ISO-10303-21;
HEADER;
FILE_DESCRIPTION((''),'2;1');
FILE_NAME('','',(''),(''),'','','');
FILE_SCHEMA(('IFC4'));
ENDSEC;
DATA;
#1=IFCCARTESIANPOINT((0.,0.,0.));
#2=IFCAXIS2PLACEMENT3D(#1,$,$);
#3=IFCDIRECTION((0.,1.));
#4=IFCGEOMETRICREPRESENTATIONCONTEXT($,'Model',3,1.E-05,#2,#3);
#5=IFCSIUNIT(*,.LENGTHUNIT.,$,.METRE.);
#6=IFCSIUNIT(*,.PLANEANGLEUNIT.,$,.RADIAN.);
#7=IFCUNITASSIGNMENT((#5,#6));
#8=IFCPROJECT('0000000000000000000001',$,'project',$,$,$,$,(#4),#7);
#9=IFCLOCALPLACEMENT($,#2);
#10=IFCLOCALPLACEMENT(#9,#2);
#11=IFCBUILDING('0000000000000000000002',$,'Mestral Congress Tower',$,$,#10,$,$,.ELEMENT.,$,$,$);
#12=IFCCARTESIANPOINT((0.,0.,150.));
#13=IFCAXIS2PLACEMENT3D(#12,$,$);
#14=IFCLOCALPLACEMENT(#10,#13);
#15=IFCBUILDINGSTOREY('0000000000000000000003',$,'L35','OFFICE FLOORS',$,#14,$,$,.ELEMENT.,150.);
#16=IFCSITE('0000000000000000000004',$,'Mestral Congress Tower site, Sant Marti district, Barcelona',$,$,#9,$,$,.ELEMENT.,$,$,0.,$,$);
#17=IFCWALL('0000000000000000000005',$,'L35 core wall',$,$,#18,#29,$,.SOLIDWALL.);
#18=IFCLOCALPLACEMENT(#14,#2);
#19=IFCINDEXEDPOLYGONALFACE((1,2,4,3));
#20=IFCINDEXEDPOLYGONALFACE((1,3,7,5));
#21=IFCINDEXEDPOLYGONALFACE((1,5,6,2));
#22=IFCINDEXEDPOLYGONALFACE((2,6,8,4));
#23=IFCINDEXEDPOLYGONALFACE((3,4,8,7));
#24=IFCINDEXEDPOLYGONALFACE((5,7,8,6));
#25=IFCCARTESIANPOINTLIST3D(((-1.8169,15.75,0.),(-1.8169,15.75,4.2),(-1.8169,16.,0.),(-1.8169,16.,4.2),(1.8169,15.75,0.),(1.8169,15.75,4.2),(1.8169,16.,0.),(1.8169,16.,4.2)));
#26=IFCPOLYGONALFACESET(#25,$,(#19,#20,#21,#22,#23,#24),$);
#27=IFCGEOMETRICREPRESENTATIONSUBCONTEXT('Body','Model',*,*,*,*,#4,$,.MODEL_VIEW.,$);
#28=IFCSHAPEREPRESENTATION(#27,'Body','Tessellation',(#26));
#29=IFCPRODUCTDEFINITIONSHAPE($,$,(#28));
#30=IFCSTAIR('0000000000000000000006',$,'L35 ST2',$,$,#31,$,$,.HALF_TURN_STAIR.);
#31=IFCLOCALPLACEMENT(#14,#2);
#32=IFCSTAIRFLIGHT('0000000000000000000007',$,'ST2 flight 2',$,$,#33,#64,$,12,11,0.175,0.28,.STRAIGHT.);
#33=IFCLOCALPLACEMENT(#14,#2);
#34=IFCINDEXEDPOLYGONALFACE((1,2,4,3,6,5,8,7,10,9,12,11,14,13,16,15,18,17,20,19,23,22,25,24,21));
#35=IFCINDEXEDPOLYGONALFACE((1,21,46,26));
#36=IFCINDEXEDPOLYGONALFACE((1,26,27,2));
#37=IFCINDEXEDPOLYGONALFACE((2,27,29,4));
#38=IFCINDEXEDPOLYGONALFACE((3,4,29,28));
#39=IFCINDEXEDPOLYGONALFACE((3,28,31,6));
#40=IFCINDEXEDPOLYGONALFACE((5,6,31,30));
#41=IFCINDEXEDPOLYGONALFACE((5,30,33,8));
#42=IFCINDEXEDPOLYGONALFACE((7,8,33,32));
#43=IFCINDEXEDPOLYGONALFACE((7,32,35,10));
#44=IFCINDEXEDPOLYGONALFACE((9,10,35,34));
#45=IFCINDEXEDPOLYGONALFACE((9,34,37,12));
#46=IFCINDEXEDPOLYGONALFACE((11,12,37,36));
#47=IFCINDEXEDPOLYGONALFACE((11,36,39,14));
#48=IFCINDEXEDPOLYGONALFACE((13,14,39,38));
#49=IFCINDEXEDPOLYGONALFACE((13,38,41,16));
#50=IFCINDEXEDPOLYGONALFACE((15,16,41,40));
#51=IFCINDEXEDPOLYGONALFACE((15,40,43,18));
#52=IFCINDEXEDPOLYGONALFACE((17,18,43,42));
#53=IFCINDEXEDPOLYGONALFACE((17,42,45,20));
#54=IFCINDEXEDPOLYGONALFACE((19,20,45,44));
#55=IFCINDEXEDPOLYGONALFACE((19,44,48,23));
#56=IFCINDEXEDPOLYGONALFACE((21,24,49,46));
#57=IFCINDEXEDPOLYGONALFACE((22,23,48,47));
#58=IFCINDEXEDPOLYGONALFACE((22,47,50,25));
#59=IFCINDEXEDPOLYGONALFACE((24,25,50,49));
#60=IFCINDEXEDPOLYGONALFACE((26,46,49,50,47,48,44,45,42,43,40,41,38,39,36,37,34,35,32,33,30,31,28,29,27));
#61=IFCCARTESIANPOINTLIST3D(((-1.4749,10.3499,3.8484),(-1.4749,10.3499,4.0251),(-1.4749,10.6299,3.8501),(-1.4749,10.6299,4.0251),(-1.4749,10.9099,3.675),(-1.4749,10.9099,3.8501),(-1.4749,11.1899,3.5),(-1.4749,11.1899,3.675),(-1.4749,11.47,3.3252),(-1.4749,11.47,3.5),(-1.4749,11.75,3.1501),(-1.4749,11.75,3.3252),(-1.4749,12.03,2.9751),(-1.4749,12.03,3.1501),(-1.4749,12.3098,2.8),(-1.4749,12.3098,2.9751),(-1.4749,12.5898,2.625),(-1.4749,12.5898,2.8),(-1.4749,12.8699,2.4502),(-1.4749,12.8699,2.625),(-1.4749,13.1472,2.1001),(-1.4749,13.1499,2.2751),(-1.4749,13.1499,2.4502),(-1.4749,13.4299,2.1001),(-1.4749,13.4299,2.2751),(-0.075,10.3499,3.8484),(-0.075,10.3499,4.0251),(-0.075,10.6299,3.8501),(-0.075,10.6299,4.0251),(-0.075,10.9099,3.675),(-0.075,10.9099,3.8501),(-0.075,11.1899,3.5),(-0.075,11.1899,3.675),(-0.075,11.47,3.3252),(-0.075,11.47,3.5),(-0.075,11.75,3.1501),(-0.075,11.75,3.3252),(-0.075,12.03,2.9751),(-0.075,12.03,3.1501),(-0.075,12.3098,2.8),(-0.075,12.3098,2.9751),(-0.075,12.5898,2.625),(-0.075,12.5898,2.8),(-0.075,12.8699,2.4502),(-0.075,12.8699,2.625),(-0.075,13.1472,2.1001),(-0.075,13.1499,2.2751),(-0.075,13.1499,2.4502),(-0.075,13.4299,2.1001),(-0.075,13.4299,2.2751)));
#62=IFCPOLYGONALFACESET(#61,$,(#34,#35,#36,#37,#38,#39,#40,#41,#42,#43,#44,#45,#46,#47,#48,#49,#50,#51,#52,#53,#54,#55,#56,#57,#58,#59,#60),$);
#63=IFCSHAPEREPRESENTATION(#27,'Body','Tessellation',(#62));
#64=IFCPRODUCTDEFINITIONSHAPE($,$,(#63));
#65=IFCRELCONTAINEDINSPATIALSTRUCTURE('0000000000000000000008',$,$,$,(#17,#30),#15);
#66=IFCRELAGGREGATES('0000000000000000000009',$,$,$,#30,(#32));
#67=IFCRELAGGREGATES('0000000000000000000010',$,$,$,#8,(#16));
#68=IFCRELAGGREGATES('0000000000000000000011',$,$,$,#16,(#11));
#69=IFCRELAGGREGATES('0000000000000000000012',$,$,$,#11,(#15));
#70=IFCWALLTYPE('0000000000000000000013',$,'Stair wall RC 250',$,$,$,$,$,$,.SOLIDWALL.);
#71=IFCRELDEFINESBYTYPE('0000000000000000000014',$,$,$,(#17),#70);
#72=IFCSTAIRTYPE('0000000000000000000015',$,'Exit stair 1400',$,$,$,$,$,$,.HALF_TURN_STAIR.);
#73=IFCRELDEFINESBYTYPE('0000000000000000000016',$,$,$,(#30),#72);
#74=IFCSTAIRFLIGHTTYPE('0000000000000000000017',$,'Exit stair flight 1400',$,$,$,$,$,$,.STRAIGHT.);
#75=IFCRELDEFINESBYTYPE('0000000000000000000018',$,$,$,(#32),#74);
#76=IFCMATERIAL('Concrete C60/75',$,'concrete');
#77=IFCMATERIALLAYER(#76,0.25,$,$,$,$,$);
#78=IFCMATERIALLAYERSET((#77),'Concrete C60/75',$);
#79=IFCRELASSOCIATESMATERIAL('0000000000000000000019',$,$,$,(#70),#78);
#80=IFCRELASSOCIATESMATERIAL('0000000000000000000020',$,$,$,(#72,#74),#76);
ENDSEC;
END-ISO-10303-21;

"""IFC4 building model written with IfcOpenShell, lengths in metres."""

from ifc_helpers import new_model, si_unit, direction, frame, frame_2d, origin, place, context, subcontext, project, spatial, polyline, rectangle, outline, extrude, material, layer, layer_set, type_object, element, aggregate, save


model = new_model("IFC4")

# Units and contexts
model_context = context("Model", 3, precision=1e-05, world=origin(), true_north=direction((0.0, 1.0)))
body_context = subcontext(model_context, "Body", "Model", "MODEL_VIEW")
ifc_project = project(units=[si_unit("LENGTHUNIT", "METRE"), si_unit("PLANEANGLEUNIT", "RADIAN")], contexts=[model_context])

# Site, building, storey
site_placement = place(None, origin())
site = spatial("IfcSite", under=ifc_project, at=site_placement, Name="Mestral Congress Tower site, Sant Marti district, Barcelona", CompositionType="ELEMENT", RefElevation=0.0)
building_placement = place(site_placement, origin())
building = spatial("IfcBuilding", under=site, at=building_placement, Name="Mestral Congress Tower", CompositionType="ELEMENT")
storey_placement = place(building_placement, frame((0.0, 0.0, 150.0)))
storey = spatial("IfcBuildingStorey", under=building, at=storey_placement, Name="L35", Description="OFFICE FLOORS", CompositionType="ELEMENT", Elevation=150.0)

# Shared definitions
ifc_material_1 = material(Name="Concrete C60/75", Category="concrete")

# Wall
ifc_layer_1 = layer(ifc_material_1, 0.25)
ifc_layer_set_1 = layer_set([ifc_layer_1], Name="Concrete C60/75")
wall_type_1 = type_object("IfcWallType", Name="Stair wall RC 250", PredefinedType="SOLIDWALL", material=ifc_layer_set_1)
wall_1_placement = place(storey_placement, frame((-1.8169, 15.875, 0.0), z_axis=(0.0, 0.0, 1.0), x_axis=(1.0, 0.0, 0.0)))
element("IfcWall", 1, at=wall_1_placement, inside=storey, type_object=wall_type_1, Name="L35 core wall", PredefinedType="SOLIDWALL", context=body_context, shape_type="SweptSolid", body=[
    extrude(rectangle(XDim=3.6338, YDim=0.25, at=frame_2d((1.8169, 0.0))), origin(), (0.0, 0.0, 1.0), 4.2),
])

# Stair, stair flight
stair_type = type_object("IfcStairType", Name="Exit stair 1400", PredefinedType="HALF_TURN_STAIR", material=ifc_material_1)
stair_placement = place(storey_placement, origin())
stair = element("IfcStair", 2, at=stair_placement, inside=storey, type_object=stair_type, Name="L35 ST2", PredefinedType="HALF_TURN_STAIR")
stair_flight_type = type_object("IfcStairFlightType", Name="Exit stair flight 1400", PredefinedType="STRAIGHT", material=ifc_material_1)
stair_flight_placement = place(storey_placement, frame((-0.7749, 13.4299, 2.1001), z_axis=(0.0, 0.0, 1.0), x_axis=(0.0, -1.0, 0.0)))
stair_flight = element("IfcStairFlight", 3, at=stair_flight_placement, type_object=stair_flight_type, Name="ST2 flight 2", NumberOfRisers=12, NumberOfTreads=11, PredefinedType="STRAIGHT", RiserHeight=0.175, TreadLength=0.28, context=body_context, shape_type="SweptSolid", body=[
    extrude(outline(polyline([(0.0, 0.0), (0.0, 0.175), (0.28, 0.175), (0.28, 0.3501), (0.5601, 0.3501), (0.5601, 0.5249), (0.8401, 0.5249), (0.8401, 0.7), (1.1201, 0.7), (1.1201, 0.875), (1.3999, 0.875), (1.3999, 1.05), (1.6799, 1.05), (1.6799, 1.2251), (1.96, 1.2251), (1.96, 1.3999), (2.24, 1.3999), (2.24, 1.575), (2.52, 1.575), (2.52, 1.75), (2.8, 1.75), (2.8, 1.925), (3.0801, 1.925), (3.0801, 2.1001), (3.0801, 1.7483), (0.2827, 0.0), (0.0, 0.0)])), frame((0.0, 0.7, 0.0), z_axis=(0.0, -1.0, 0.0), x_axis=(1.0, 0.0, 0.0)), (0.0, 0.0, 1.0), 1.3999),
])
aggregate(stair, [stair_flight])

save(model, "model.ifc")
